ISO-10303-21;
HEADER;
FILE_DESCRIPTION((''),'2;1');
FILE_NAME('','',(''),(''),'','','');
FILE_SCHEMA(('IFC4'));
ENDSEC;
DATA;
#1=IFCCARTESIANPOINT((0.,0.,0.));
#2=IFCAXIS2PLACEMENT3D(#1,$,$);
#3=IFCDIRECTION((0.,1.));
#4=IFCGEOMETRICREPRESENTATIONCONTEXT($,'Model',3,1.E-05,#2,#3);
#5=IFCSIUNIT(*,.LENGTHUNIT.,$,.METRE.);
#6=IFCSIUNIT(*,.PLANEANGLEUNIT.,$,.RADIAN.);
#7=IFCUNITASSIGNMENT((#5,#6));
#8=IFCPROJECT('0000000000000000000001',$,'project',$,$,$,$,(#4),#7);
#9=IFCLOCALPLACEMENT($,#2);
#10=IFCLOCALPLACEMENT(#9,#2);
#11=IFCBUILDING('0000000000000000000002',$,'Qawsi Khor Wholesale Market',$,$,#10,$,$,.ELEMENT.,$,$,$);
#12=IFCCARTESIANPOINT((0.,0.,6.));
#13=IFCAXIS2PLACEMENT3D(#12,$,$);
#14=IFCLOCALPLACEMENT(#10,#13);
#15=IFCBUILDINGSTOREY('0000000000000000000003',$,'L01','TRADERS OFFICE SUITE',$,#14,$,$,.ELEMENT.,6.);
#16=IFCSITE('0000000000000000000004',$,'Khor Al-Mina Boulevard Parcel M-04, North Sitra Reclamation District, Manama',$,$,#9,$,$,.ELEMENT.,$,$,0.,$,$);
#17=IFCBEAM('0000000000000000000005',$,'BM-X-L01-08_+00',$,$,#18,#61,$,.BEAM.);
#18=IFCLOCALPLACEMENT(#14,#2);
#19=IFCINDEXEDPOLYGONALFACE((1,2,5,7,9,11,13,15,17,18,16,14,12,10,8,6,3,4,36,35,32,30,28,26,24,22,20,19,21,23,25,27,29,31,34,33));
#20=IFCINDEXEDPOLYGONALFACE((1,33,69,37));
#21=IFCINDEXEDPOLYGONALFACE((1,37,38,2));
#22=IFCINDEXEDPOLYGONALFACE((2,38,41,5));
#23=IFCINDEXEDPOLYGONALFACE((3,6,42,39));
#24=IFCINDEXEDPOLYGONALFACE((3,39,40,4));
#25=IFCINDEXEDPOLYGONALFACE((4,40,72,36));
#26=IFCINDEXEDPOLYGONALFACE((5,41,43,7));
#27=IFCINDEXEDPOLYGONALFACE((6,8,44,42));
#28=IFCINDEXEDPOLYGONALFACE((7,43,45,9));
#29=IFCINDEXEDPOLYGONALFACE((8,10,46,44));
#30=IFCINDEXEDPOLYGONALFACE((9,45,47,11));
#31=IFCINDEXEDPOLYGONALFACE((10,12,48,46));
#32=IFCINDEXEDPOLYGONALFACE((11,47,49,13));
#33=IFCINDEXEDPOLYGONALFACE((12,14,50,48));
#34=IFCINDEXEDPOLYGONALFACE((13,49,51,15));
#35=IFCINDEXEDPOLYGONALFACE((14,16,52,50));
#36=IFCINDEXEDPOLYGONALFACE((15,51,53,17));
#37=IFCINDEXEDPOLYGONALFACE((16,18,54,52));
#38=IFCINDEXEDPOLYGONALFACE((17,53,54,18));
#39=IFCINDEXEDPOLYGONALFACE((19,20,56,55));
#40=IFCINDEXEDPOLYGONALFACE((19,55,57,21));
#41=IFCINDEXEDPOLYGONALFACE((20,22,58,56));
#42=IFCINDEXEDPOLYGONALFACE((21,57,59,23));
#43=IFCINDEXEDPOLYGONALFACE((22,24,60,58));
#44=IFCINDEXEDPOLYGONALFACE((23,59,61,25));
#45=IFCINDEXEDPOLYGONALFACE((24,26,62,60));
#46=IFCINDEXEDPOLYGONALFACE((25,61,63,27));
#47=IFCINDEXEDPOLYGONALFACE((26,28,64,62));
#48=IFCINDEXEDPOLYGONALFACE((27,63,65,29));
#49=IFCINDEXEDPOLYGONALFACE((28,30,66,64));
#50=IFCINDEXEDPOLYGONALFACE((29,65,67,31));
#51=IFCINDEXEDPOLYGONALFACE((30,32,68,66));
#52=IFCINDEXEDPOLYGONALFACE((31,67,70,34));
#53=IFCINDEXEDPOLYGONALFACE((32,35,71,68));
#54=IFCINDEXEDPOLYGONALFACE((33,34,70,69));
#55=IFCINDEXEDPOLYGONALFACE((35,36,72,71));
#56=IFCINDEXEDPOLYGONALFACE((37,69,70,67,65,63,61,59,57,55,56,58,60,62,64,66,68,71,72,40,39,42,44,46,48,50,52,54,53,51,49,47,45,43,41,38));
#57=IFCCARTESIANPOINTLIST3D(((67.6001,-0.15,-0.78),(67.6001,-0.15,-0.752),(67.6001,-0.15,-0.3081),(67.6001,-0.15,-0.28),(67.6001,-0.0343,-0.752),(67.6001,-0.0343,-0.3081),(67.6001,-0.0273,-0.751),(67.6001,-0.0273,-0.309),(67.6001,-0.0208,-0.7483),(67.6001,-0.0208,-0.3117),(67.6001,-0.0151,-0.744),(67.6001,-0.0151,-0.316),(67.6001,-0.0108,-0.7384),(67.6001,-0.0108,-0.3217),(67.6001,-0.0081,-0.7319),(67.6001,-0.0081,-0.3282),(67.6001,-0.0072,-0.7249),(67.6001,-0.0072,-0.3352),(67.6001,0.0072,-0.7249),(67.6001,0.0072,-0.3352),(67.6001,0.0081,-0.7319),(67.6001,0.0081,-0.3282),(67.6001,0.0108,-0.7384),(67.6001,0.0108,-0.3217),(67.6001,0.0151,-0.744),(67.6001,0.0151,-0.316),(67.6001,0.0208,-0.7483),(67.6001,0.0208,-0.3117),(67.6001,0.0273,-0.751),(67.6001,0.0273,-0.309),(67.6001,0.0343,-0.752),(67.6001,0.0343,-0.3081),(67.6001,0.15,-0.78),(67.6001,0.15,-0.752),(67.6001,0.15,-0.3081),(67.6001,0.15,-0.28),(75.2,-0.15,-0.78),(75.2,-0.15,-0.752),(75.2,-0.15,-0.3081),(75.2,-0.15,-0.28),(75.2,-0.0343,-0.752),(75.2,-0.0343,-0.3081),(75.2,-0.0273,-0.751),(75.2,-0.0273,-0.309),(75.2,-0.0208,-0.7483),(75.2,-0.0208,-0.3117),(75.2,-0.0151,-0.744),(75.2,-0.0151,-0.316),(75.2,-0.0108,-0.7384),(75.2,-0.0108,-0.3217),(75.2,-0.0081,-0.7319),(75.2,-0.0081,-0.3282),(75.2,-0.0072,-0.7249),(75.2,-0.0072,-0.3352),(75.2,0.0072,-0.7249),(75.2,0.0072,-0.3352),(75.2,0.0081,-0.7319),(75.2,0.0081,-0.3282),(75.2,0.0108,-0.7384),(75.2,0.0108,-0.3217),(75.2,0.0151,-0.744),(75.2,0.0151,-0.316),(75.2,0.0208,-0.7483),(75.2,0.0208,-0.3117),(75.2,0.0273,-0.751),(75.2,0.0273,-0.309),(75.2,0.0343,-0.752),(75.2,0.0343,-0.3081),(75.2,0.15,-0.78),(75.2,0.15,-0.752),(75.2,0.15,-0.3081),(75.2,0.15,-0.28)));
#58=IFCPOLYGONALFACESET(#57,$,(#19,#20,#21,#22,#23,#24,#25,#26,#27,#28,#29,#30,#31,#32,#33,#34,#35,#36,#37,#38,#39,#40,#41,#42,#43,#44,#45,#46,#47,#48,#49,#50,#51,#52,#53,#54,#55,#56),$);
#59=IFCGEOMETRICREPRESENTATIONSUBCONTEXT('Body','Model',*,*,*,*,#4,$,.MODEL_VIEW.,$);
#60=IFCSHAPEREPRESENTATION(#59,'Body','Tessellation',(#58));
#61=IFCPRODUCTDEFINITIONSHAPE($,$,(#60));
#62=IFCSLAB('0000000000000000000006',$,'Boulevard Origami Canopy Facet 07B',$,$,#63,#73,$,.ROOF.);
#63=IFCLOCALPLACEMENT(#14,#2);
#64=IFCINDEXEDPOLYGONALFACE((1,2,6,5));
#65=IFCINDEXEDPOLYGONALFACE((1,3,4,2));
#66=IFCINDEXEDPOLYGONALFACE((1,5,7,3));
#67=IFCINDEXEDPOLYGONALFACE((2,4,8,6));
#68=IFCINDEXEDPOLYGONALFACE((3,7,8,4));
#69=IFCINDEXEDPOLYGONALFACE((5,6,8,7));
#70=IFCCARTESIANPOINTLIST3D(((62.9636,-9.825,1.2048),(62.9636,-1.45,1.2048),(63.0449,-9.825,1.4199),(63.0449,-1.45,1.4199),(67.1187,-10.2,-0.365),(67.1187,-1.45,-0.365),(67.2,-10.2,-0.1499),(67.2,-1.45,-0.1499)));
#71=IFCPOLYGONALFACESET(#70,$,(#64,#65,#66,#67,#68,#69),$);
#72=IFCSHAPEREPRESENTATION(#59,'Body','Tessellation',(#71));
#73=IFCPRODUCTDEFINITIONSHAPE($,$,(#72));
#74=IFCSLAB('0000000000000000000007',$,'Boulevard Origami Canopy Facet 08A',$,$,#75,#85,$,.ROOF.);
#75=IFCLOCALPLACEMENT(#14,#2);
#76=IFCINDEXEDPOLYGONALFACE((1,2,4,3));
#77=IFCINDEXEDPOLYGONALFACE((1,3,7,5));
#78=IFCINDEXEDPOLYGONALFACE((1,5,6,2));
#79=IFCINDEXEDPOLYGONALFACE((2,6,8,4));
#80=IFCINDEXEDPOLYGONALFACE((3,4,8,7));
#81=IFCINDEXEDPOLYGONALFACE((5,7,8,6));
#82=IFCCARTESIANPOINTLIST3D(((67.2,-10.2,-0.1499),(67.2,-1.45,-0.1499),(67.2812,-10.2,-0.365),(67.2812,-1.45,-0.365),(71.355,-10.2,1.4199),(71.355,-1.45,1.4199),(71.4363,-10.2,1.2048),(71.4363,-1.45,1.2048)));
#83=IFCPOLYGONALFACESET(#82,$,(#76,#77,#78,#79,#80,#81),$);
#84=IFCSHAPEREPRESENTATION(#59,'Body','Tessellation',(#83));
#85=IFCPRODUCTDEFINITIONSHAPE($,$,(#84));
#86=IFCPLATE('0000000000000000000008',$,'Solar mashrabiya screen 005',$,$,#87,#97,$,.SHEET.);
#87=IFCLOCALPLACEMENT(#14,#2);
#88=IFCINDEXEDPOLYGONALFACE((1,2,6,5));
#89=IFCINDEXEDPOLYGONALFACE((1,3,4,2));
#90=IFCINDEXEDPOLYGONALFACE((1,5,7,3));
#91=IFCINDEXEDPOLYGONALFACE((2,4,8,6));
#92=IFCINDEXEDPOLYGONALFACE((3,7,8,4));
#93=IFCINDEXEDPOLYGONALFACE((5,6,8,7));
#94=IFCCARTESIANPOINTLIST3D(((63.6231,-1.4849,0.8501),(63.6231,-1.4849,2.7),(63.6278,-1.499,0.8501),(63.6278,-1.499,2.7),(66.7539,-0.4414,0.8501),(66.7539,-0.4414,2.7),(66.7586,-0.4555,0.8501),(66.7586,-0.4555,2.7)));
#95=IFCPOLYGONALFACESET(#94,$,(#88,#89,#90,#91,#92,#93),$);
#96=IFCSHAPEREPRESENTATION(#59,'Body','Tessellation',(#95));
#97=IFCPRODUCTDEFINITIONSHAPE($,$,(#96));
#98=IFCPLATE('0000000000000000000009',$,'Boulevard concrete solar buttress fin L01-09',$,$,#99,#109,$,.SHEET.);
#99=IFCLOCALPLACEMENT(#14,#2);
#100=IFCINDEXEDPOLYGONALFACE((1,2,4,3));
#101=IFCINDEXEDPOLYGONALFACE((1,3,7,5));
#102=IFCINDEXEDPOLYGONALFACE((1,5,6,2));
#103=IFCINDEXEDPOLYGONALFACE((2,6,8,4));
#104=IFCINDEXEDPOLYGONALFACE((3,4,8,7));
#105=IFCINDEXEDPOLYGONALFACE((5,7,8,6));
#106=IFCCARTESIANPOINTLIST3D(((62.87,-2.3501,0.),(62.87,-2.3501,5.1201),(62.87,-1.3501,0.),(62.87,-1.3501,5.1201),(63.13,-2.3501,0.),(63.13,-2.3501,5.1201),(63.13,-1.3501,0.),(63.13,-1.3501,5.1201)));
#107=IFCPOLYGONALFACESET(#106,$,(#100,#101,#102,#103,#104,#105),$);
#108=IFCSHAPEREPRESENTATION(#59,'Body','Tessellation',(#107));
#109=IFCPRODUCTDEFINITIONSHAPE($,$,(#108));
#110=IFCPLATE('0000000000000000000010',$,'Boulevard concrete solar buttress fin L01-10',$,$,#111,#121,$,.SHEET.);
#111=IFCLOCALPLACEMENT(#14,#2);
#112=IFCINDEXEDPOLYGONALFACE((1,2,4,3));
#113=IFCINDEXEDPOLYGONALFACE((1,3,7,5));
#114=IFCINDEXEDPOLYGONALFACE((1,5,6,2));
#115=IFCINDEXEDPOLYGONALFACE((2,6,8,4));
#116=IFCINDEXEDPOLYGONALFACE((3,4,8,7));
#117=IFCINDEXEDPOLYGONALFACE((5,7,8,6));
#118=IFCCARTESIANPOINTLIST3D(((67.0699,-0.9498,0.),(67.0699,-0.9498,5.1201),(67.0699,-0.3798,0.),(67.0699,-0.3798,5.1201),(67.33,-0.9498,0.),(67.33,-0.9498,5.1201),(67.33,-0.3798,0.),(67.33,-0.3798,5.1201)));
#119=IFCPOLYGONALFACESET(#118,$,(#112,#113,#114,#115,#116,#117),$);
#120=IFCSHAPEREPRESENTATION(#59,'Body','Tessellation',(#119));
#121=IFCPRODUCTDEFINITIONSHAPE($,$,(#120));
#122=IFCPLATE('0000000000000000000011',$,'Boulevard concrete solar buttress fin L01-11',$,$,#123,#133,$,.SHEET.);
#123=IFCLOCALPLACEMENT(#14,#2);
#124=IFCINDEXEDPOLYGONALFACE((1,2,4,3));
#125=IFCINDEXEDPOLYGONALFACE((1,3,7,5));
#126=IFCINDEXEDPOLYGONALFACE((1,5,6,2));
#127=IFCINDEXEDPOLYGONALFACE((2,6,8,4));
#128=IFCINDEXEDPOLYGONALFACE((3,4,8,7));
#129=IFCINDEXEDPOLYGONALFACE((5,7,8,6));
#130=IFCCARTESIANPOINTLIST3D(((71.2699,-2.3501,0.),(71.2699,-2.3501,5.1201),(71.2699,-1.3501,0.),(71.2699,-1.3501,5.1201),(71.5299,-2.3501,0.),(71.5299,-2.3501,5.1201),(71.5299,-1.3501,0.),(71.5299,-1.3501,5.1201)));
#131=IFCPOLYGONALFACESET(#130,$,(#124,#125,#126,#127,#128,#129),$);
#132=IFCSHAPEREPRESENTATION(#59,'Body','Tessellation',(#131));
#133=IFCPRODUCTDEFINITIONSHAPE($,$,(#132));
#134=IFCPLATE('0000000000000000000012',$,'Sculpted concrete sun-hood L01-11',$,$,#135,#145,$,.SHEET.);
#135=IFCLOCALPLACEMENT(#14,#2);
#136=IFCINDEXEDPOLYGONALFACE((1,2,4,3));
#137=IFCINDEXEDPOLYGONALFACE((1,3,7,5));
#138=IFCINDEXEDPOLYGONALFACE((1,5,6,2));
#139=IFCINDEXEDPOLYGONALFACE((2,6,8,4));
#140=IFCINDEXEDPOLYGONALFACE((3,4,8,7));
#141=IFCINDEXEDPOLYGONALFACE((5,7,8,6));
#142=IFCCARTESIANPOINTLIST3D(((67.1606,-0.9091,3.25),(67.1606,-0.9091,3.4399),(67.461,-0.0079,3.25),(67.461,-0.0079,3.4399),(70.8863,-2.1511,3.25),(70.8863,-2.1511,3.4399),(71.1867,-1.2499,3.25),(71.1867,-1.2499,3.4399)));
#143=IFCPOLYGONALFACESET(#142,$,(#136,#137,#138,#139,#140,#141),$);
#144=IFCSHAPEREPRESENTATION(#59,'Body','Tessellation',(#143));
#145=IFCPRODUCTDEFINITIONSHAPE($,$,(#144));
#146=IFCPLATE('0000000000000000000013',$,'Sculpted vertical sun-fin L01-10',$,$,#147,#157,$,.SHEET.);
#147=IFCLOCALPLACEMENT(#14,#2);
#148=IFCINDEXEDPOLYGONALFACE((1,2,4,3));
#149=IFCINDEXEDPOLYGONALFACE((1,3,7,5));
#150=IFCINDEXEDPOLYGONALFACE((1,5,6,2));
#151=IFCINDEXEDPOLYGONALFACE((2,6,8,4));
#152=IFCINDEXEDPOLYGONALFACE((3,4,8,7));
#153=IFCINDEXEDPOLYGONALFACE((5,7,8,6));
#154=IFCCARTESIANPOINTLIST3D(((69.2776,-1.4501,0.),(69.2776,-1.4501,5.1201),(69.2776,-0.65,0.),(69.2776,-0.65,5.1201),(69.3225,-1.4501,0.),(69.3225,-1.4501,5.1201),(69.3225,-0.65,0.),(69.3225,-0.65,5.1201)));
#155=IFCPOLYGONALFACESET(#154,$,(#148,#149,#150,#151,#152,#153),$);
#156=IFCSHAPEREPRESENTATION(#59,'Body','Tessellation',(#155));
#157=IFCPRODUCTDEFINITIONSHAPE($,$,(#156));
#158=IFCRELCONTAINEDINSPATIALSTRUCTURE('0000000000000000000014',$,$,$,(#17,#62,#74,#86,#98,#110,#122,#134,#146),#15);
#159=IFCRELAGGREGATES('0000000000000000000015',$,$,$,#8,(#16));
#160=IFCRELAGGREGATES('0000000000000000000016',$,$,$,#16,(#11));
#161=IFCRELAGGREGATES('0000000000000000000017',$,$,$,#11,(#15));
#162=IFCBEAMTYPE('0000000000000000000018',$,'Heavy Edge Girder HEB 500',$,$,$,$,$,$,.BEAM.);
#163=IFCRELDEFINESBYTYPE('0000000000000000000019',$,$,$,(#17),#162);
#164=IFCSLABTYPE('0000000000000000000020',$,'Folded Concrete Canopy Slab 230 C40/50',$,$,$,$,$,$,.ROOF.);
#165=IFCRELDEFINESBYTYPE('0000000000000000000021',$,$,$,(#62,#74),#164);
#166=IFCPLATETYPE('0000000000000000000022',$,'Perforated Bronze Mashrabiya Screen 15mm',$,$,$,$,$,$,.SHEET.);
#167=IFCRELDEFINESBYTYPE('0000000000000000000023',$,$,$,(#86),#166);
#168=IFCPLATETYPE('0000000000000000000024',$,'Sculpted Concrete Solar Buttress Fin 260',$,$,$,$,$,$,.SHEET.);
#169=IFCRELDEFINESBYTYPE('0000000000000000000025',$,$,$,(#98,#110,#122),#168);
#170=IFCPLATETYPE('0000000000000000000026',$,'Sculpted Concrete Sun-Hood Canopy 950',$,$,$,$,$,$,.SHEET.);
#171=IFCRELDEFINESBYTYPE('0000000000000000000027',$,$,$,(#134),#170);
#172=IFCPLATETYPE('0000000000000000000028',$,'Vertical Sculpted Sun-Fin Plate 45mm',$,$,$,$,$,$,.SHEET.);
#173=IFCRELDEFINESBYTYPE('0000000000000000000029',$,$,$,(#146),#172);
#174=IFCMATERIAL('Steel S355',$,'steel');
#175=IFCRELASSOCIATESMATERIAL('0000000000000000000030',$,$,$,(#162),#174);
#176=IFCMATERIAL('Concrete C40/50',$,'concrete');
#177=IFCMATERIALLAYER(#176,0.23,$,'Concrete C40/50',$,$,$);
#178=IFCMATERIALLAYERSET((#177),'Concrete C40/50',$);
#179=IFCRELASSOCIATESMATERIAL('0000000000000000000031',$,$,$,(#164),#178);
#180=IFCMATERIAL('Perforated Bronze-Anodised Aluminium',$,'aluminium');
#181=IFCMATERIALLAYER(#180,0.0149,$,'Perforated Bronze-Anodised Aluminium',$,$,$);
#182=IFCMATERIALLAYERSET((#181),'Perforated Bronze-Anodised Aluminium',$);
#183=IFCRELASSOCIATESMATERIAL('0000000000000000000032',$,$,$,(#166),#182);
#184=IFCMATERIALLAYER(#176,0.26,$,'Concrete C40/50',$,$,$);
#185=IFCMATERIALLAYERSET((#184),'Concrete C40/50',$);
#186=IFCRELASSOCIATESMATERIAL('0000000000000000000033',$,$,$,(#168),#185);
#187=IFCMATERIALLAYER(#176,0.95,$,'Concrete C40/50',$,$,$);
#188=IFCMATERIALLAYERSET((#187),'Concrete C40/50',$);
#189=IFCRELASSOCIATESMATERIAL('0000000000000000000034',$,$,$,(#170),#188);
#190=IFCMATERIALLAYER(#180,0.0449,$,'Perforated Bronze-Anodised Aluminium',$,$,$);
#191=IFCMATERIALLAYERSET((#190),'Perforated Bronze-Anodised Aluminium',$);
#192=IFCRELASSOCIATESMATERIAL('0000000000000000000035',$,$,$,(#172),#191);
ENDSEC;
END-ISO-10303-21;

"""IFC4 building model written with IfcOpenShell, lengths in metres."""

from ifc_helpers import new_model, si_unit, direction, frame, frame_2d, origin, origin_2d, place, context, subcontext, project, spatial, polyline, rectangle, i_section, outline, extrude, material, layer, layer_set, material_profile, profile_set, type_object, element, save


model = new_model("IFC4")

# Units and contexts
model_context = context("Model", 3, precision=1e-05, world=origin(), true_north=direction((0.0, 1.0)))
body_context = subcontext(model_context, "Body", "Model", "MODEL_VIEW")
ifc_project = project(units=[si_unit("LENGTHUNIT", "METRE"), si_unit("PLANEANGLEUNIT", "RADIAN")], contexts=[model_context])

# Site, building, storey
site_placement = place(None, origin())
site = spatial("IfcSite", under=ifc_project, at=site_placement, Name="Khor Al-Mina Boulevard Parcel M-04, North Sitra Reclamation District, Manama", CompositionType="ELEMENT", RefElevation=0.0)
building_placement = place(site_placement, origin())
building = spatial("IfcBuilding", under=site, at=building_placement, Name="Qawsi Khor Wholesale Market", CompositionType="ELEMENT")
storey_placement = place(building_placement, frame((0.0, 0.0, 6.0)))
storey = spatial("IfcBuildingStorey", under=building, at=storey_placement, Name="L01", Description="TRADERS OFFICE SUITE", CompositionType="ELEMENT", Elevation=6.0)

# Shared definitions
ifc_material_1 = material(Name="Concrete C40/50", Category="concrete")

# Shared definitions
ifc_material_2 = material(Name="Steel S355", Category="steel")

# Beam
ifc_material_profile_1 = material_profile(ifc_material_2, i_section(OverallWidth=0.3, OverallDepth=0.5, WebThickness=0.0144, FlangeThickness=0.0281, FilletRadius=0.0271, at=origin_2d()), Name="HEB 500")
ifc_profile_set_1 = profile_set([ifc_material_profile_1], Name="Steel S355")
beam_type_1 = type_object("IfcBeamType", Name="Heavy Edge Girder HEB 500", PredefinedType="BEAM", material=ifc_profile_set_1)
beam_1_placement = place(storey_placement, frame((67.6001, 0.0, -0.53), z_axis=(1.0, 0.0, 0.0), x_axis=(0.0, 1.0, 0.0)))
element("IfcBeam", 1, at=beam_1_placement, inside=storey, type_object=beam_type_1, Name="BM-X-L01-08_+00", PredefinedType="BEAM", context=body_context, shape_type="SweptSolid", body=[
    extrude(i_section(OverallWidth=0.3, OverallDepth=0.5, WebThickness=0.0144, FlangeThickness=0.0281, FilletRadius=0.0271, at=origin_2d()), origin(), (0.0, 0.0, 1.0), 7.5999),
])

# Slabs
ifc_layer_1 = layer(ifc_material_1, 0.23, Name="Concrete C40/50")
ifc_layer_set_1 = layer_set([ifc_layer_1], Name="Concrete C40/50")
slab_type = type_object("IfcSlabType", Name="Folded Concrete Canopy Slab 230 C40/50", PredefinedType="ROOF", material=ifc_layer_set_1)
slab_1_placement = place(storey_placement, frame((63.0449, -9.825, 1.4199), z_axis=(0.353429, 0.0, 0.935461), x_axis=(0.932145, -0.084128, -0.352177)))
element("IfcSlab", 2, at=slab_1_placement, inside=storey, type_object=slab_type, Name="Boulevard Origami Canopy Facet 07B", PredefinedType="ROOF", context=body_context, shape_type="SweptSolid", body=[
    extrude(outline(polyline([(0.0, 0.0), (4.4575, 0.0), (3.7214, 8.719), (-0.7046, 8.3453), (0.0, 0.0)])), origin(), (0.0, 0.0, -1.0), 0.23),
])
slab_2_placement = place(storey_placement, frame((67.2, -10.2, -0.1499), z_axis=(-0.353429, 0.0, 0.935461), x_axis=(0.935461, 0.0, 0.353429)))
element("IfcSlab", 3, at=slab_2_placement, inside=storey, type_object=slab_type, Name="Boulevard Origami Canopy Facet 08A", PredefinedType="ROOF", context=body_context, shape_type="SweptSolid", body=[
    extrude(outline(polyline([(0.0, 0.0), (4.4417, 0.0), (4.4417, 8.75), (0.0, 8.75), (0.0, 0.0)])), origin(), (0.0, 0.0, -1.0), 0.23),
])

# Plates
ifc_material_3 = material(Name="Perforated Bronze-Anodised Aluminium", Category="aluminium")
ifc_layer_2 = layer(ifc_material_3, 0.0149, Name="Perforated Bronze-Anodised Aluminium")
ifc_layer_set_2 = layer_set([ifc_layer_2], Name="Perforated Bronze-Anodised Aluminium")
plate_type_1 = type_object("IfcPlateType", Name="Perforated Bronze Mashrabiya Screen 15mm", PredefinedType="SHEET", material=ifc_layer_set_2)
plate_1_placement = place(storey_placement, frame((66.7561, -0.4485, 0.8501), z_axis=(0.0, 0.0, 1.0), x_axis=(-0.948691, -0.316206, 0.0)))
element("IfcPlate", 4, at=plate_1_placement, inside=storey, type_object=plate_type_1, Name="Solar mashrabiya screen 005", PredefinedType="SHEET", context=body_context, shape_type="SweptSolid", body=[
    extrude(rectangle(XDim=3.3, YDim=0.0149, at=frame_2d((1.6499, 0.0))), origin(), (0.0, 0.0, 1.0), 1.8499),
])
ifc_layer_3 = layer(ifc_material_1, 0.26, Name="Concrete C40/50")
ifc_layer_set_3 = layer_set([ifc_layer_3], Name="Concrete C40/50")
plate_type_2 = type_object("IfcPlateType", Name="Sculpted Concrete Solar Buttress Fin 260", PredefinedType="SHEET", material=ifc_layer_set_3)
plate_2_placement = place(storey_placement, frame((63.0, -2.3501, 0.0), z_axis=(0.0, 0.0, 1.0), x_axis=(0.0, 1.0, 0.0)))
element("IfcPlate", 5, at=plate_2_placement, inside=storey, type_object=plate_type_2, Name="Boulevard concrete solar buttress fin L01-09", PredefinedType="SHEET", context=body_context, shape_type="SweptSolid", body=[
    extrude(rectangle(XDim=1.0, YDim=0.26, at=frame_2d((0.5, 0.0))), origin(), (0.0, 0.0, 1.0), 5.1201),
])
plate_3_placement = place(storey_placement, frame((67.2, -0.95, 0.0), z_axis=(0.0, 0.0, 1.0), x_axis=(0.0, 1.0, 0.0)))
element("IfcPlate", 6, at=plate_3_placement, inside=storey, type_object=plate_type_2, Name="Boulevard concrete solar buttress fin L01-10", PredefinedType="SHEET", context=body_context, shape_type="SweptSolid", body=[
    extrude(rectangle(XDim=0.5701, YDim=0.26, at=frame_2d((0.2852, 0.0))), origin(), (0.0, 0.0, 1.0), 5.1201),
])
plate_4_placement = place(storey_placement, frame((71.3999, -2.3501, 0.0), z_axis=(0.0, 0.0, 1.0), x_axis=(0.0, 1.0, 0.0)))
element("IfcPlate", 7, at=plate_4_placement, inside=storey, type_object=plate_type_2, Name="Boulevard concrete solar buttress fin L01-11", PredefinedType="SHEET", context=body_context, shape_type="SweptSolid", body=[
    extrude(rectangle(XDim=1.0, YDim=0.26, at=frame_2d((0.5, 0.0))), origin(), (0.0, 0.0, 1.0), 5.1201),
])
ifc_layer_4 = layer(ifc_material_1, 0.95, Name="Concrete C40/50")
ifc_layer_set_4 = layer_set([ifc_layer_4], Name="Concrete C40/50")
plate_type_3 = type_object("IfcPlateType", Name="Sculpted Concrete Sun-Hood Canopy 950", PredefinedType="SHEET", material=ifc_layer_set_4)
plate_5_placement = place(storey_placement, frame((67.3108, -0.4585, 3.25), z_axis=(0.0, 0.0, 1.0), x_axis=(0.948677, -0.316246, 0.0)))
element("IfcPlate", 8, at=plate_5_placement, inside=storey, type_object=plate_type_3, Name="Sculpted concrete sun-hood L01-11", PredefinedType="SHEET", context=body_context, shape_type="SweptSolid", body=[
    extrude(rectangle(XDim=3.9272, YDim=0.95, at=frame_2d((1.9636, 0.0))), origin(), (0.0, 0.0, 1.0), 0.1899),
])
ifc_layer_5 = layer(ifc_material_3, 0.0449, Name="Perforated Bronze-Anodised Aluminium")
ifc_layer_set_5 = layer_set([ifc_layer_5], Name="Perforated Bronze-Anodised Aluminium")
plate_type_4 = type_object("IfcPlateType", Name="Vertical Sculpted Sun-Fin Plate 45mm", PredefinedType="SHEET", material=ifc_layer_set_5)
plate_6_placement = place(storey_placement, frame((69.3, -1.45, 0.0), z_axis=(0.0, 0.0, 1.0), x_axis=(0.0, 1.0, 0.0)))
element("IfcPlate", 9, at=plate_6_placement, inside=storey, type_object=plate_type_4, Name="Sculpted vertical sun-fin L01-10", PredefinedType="SHEET", context=body_context, shape_type="SweptSolid", body=[
    extrude(rectangle(XDim=0.8, YDim=0.0449, at=frame_2d((0.3999, 0.0))), origin(), (0.0, 0.0, 1.0), 5.1201),
])

save(model, "model.ifc")
